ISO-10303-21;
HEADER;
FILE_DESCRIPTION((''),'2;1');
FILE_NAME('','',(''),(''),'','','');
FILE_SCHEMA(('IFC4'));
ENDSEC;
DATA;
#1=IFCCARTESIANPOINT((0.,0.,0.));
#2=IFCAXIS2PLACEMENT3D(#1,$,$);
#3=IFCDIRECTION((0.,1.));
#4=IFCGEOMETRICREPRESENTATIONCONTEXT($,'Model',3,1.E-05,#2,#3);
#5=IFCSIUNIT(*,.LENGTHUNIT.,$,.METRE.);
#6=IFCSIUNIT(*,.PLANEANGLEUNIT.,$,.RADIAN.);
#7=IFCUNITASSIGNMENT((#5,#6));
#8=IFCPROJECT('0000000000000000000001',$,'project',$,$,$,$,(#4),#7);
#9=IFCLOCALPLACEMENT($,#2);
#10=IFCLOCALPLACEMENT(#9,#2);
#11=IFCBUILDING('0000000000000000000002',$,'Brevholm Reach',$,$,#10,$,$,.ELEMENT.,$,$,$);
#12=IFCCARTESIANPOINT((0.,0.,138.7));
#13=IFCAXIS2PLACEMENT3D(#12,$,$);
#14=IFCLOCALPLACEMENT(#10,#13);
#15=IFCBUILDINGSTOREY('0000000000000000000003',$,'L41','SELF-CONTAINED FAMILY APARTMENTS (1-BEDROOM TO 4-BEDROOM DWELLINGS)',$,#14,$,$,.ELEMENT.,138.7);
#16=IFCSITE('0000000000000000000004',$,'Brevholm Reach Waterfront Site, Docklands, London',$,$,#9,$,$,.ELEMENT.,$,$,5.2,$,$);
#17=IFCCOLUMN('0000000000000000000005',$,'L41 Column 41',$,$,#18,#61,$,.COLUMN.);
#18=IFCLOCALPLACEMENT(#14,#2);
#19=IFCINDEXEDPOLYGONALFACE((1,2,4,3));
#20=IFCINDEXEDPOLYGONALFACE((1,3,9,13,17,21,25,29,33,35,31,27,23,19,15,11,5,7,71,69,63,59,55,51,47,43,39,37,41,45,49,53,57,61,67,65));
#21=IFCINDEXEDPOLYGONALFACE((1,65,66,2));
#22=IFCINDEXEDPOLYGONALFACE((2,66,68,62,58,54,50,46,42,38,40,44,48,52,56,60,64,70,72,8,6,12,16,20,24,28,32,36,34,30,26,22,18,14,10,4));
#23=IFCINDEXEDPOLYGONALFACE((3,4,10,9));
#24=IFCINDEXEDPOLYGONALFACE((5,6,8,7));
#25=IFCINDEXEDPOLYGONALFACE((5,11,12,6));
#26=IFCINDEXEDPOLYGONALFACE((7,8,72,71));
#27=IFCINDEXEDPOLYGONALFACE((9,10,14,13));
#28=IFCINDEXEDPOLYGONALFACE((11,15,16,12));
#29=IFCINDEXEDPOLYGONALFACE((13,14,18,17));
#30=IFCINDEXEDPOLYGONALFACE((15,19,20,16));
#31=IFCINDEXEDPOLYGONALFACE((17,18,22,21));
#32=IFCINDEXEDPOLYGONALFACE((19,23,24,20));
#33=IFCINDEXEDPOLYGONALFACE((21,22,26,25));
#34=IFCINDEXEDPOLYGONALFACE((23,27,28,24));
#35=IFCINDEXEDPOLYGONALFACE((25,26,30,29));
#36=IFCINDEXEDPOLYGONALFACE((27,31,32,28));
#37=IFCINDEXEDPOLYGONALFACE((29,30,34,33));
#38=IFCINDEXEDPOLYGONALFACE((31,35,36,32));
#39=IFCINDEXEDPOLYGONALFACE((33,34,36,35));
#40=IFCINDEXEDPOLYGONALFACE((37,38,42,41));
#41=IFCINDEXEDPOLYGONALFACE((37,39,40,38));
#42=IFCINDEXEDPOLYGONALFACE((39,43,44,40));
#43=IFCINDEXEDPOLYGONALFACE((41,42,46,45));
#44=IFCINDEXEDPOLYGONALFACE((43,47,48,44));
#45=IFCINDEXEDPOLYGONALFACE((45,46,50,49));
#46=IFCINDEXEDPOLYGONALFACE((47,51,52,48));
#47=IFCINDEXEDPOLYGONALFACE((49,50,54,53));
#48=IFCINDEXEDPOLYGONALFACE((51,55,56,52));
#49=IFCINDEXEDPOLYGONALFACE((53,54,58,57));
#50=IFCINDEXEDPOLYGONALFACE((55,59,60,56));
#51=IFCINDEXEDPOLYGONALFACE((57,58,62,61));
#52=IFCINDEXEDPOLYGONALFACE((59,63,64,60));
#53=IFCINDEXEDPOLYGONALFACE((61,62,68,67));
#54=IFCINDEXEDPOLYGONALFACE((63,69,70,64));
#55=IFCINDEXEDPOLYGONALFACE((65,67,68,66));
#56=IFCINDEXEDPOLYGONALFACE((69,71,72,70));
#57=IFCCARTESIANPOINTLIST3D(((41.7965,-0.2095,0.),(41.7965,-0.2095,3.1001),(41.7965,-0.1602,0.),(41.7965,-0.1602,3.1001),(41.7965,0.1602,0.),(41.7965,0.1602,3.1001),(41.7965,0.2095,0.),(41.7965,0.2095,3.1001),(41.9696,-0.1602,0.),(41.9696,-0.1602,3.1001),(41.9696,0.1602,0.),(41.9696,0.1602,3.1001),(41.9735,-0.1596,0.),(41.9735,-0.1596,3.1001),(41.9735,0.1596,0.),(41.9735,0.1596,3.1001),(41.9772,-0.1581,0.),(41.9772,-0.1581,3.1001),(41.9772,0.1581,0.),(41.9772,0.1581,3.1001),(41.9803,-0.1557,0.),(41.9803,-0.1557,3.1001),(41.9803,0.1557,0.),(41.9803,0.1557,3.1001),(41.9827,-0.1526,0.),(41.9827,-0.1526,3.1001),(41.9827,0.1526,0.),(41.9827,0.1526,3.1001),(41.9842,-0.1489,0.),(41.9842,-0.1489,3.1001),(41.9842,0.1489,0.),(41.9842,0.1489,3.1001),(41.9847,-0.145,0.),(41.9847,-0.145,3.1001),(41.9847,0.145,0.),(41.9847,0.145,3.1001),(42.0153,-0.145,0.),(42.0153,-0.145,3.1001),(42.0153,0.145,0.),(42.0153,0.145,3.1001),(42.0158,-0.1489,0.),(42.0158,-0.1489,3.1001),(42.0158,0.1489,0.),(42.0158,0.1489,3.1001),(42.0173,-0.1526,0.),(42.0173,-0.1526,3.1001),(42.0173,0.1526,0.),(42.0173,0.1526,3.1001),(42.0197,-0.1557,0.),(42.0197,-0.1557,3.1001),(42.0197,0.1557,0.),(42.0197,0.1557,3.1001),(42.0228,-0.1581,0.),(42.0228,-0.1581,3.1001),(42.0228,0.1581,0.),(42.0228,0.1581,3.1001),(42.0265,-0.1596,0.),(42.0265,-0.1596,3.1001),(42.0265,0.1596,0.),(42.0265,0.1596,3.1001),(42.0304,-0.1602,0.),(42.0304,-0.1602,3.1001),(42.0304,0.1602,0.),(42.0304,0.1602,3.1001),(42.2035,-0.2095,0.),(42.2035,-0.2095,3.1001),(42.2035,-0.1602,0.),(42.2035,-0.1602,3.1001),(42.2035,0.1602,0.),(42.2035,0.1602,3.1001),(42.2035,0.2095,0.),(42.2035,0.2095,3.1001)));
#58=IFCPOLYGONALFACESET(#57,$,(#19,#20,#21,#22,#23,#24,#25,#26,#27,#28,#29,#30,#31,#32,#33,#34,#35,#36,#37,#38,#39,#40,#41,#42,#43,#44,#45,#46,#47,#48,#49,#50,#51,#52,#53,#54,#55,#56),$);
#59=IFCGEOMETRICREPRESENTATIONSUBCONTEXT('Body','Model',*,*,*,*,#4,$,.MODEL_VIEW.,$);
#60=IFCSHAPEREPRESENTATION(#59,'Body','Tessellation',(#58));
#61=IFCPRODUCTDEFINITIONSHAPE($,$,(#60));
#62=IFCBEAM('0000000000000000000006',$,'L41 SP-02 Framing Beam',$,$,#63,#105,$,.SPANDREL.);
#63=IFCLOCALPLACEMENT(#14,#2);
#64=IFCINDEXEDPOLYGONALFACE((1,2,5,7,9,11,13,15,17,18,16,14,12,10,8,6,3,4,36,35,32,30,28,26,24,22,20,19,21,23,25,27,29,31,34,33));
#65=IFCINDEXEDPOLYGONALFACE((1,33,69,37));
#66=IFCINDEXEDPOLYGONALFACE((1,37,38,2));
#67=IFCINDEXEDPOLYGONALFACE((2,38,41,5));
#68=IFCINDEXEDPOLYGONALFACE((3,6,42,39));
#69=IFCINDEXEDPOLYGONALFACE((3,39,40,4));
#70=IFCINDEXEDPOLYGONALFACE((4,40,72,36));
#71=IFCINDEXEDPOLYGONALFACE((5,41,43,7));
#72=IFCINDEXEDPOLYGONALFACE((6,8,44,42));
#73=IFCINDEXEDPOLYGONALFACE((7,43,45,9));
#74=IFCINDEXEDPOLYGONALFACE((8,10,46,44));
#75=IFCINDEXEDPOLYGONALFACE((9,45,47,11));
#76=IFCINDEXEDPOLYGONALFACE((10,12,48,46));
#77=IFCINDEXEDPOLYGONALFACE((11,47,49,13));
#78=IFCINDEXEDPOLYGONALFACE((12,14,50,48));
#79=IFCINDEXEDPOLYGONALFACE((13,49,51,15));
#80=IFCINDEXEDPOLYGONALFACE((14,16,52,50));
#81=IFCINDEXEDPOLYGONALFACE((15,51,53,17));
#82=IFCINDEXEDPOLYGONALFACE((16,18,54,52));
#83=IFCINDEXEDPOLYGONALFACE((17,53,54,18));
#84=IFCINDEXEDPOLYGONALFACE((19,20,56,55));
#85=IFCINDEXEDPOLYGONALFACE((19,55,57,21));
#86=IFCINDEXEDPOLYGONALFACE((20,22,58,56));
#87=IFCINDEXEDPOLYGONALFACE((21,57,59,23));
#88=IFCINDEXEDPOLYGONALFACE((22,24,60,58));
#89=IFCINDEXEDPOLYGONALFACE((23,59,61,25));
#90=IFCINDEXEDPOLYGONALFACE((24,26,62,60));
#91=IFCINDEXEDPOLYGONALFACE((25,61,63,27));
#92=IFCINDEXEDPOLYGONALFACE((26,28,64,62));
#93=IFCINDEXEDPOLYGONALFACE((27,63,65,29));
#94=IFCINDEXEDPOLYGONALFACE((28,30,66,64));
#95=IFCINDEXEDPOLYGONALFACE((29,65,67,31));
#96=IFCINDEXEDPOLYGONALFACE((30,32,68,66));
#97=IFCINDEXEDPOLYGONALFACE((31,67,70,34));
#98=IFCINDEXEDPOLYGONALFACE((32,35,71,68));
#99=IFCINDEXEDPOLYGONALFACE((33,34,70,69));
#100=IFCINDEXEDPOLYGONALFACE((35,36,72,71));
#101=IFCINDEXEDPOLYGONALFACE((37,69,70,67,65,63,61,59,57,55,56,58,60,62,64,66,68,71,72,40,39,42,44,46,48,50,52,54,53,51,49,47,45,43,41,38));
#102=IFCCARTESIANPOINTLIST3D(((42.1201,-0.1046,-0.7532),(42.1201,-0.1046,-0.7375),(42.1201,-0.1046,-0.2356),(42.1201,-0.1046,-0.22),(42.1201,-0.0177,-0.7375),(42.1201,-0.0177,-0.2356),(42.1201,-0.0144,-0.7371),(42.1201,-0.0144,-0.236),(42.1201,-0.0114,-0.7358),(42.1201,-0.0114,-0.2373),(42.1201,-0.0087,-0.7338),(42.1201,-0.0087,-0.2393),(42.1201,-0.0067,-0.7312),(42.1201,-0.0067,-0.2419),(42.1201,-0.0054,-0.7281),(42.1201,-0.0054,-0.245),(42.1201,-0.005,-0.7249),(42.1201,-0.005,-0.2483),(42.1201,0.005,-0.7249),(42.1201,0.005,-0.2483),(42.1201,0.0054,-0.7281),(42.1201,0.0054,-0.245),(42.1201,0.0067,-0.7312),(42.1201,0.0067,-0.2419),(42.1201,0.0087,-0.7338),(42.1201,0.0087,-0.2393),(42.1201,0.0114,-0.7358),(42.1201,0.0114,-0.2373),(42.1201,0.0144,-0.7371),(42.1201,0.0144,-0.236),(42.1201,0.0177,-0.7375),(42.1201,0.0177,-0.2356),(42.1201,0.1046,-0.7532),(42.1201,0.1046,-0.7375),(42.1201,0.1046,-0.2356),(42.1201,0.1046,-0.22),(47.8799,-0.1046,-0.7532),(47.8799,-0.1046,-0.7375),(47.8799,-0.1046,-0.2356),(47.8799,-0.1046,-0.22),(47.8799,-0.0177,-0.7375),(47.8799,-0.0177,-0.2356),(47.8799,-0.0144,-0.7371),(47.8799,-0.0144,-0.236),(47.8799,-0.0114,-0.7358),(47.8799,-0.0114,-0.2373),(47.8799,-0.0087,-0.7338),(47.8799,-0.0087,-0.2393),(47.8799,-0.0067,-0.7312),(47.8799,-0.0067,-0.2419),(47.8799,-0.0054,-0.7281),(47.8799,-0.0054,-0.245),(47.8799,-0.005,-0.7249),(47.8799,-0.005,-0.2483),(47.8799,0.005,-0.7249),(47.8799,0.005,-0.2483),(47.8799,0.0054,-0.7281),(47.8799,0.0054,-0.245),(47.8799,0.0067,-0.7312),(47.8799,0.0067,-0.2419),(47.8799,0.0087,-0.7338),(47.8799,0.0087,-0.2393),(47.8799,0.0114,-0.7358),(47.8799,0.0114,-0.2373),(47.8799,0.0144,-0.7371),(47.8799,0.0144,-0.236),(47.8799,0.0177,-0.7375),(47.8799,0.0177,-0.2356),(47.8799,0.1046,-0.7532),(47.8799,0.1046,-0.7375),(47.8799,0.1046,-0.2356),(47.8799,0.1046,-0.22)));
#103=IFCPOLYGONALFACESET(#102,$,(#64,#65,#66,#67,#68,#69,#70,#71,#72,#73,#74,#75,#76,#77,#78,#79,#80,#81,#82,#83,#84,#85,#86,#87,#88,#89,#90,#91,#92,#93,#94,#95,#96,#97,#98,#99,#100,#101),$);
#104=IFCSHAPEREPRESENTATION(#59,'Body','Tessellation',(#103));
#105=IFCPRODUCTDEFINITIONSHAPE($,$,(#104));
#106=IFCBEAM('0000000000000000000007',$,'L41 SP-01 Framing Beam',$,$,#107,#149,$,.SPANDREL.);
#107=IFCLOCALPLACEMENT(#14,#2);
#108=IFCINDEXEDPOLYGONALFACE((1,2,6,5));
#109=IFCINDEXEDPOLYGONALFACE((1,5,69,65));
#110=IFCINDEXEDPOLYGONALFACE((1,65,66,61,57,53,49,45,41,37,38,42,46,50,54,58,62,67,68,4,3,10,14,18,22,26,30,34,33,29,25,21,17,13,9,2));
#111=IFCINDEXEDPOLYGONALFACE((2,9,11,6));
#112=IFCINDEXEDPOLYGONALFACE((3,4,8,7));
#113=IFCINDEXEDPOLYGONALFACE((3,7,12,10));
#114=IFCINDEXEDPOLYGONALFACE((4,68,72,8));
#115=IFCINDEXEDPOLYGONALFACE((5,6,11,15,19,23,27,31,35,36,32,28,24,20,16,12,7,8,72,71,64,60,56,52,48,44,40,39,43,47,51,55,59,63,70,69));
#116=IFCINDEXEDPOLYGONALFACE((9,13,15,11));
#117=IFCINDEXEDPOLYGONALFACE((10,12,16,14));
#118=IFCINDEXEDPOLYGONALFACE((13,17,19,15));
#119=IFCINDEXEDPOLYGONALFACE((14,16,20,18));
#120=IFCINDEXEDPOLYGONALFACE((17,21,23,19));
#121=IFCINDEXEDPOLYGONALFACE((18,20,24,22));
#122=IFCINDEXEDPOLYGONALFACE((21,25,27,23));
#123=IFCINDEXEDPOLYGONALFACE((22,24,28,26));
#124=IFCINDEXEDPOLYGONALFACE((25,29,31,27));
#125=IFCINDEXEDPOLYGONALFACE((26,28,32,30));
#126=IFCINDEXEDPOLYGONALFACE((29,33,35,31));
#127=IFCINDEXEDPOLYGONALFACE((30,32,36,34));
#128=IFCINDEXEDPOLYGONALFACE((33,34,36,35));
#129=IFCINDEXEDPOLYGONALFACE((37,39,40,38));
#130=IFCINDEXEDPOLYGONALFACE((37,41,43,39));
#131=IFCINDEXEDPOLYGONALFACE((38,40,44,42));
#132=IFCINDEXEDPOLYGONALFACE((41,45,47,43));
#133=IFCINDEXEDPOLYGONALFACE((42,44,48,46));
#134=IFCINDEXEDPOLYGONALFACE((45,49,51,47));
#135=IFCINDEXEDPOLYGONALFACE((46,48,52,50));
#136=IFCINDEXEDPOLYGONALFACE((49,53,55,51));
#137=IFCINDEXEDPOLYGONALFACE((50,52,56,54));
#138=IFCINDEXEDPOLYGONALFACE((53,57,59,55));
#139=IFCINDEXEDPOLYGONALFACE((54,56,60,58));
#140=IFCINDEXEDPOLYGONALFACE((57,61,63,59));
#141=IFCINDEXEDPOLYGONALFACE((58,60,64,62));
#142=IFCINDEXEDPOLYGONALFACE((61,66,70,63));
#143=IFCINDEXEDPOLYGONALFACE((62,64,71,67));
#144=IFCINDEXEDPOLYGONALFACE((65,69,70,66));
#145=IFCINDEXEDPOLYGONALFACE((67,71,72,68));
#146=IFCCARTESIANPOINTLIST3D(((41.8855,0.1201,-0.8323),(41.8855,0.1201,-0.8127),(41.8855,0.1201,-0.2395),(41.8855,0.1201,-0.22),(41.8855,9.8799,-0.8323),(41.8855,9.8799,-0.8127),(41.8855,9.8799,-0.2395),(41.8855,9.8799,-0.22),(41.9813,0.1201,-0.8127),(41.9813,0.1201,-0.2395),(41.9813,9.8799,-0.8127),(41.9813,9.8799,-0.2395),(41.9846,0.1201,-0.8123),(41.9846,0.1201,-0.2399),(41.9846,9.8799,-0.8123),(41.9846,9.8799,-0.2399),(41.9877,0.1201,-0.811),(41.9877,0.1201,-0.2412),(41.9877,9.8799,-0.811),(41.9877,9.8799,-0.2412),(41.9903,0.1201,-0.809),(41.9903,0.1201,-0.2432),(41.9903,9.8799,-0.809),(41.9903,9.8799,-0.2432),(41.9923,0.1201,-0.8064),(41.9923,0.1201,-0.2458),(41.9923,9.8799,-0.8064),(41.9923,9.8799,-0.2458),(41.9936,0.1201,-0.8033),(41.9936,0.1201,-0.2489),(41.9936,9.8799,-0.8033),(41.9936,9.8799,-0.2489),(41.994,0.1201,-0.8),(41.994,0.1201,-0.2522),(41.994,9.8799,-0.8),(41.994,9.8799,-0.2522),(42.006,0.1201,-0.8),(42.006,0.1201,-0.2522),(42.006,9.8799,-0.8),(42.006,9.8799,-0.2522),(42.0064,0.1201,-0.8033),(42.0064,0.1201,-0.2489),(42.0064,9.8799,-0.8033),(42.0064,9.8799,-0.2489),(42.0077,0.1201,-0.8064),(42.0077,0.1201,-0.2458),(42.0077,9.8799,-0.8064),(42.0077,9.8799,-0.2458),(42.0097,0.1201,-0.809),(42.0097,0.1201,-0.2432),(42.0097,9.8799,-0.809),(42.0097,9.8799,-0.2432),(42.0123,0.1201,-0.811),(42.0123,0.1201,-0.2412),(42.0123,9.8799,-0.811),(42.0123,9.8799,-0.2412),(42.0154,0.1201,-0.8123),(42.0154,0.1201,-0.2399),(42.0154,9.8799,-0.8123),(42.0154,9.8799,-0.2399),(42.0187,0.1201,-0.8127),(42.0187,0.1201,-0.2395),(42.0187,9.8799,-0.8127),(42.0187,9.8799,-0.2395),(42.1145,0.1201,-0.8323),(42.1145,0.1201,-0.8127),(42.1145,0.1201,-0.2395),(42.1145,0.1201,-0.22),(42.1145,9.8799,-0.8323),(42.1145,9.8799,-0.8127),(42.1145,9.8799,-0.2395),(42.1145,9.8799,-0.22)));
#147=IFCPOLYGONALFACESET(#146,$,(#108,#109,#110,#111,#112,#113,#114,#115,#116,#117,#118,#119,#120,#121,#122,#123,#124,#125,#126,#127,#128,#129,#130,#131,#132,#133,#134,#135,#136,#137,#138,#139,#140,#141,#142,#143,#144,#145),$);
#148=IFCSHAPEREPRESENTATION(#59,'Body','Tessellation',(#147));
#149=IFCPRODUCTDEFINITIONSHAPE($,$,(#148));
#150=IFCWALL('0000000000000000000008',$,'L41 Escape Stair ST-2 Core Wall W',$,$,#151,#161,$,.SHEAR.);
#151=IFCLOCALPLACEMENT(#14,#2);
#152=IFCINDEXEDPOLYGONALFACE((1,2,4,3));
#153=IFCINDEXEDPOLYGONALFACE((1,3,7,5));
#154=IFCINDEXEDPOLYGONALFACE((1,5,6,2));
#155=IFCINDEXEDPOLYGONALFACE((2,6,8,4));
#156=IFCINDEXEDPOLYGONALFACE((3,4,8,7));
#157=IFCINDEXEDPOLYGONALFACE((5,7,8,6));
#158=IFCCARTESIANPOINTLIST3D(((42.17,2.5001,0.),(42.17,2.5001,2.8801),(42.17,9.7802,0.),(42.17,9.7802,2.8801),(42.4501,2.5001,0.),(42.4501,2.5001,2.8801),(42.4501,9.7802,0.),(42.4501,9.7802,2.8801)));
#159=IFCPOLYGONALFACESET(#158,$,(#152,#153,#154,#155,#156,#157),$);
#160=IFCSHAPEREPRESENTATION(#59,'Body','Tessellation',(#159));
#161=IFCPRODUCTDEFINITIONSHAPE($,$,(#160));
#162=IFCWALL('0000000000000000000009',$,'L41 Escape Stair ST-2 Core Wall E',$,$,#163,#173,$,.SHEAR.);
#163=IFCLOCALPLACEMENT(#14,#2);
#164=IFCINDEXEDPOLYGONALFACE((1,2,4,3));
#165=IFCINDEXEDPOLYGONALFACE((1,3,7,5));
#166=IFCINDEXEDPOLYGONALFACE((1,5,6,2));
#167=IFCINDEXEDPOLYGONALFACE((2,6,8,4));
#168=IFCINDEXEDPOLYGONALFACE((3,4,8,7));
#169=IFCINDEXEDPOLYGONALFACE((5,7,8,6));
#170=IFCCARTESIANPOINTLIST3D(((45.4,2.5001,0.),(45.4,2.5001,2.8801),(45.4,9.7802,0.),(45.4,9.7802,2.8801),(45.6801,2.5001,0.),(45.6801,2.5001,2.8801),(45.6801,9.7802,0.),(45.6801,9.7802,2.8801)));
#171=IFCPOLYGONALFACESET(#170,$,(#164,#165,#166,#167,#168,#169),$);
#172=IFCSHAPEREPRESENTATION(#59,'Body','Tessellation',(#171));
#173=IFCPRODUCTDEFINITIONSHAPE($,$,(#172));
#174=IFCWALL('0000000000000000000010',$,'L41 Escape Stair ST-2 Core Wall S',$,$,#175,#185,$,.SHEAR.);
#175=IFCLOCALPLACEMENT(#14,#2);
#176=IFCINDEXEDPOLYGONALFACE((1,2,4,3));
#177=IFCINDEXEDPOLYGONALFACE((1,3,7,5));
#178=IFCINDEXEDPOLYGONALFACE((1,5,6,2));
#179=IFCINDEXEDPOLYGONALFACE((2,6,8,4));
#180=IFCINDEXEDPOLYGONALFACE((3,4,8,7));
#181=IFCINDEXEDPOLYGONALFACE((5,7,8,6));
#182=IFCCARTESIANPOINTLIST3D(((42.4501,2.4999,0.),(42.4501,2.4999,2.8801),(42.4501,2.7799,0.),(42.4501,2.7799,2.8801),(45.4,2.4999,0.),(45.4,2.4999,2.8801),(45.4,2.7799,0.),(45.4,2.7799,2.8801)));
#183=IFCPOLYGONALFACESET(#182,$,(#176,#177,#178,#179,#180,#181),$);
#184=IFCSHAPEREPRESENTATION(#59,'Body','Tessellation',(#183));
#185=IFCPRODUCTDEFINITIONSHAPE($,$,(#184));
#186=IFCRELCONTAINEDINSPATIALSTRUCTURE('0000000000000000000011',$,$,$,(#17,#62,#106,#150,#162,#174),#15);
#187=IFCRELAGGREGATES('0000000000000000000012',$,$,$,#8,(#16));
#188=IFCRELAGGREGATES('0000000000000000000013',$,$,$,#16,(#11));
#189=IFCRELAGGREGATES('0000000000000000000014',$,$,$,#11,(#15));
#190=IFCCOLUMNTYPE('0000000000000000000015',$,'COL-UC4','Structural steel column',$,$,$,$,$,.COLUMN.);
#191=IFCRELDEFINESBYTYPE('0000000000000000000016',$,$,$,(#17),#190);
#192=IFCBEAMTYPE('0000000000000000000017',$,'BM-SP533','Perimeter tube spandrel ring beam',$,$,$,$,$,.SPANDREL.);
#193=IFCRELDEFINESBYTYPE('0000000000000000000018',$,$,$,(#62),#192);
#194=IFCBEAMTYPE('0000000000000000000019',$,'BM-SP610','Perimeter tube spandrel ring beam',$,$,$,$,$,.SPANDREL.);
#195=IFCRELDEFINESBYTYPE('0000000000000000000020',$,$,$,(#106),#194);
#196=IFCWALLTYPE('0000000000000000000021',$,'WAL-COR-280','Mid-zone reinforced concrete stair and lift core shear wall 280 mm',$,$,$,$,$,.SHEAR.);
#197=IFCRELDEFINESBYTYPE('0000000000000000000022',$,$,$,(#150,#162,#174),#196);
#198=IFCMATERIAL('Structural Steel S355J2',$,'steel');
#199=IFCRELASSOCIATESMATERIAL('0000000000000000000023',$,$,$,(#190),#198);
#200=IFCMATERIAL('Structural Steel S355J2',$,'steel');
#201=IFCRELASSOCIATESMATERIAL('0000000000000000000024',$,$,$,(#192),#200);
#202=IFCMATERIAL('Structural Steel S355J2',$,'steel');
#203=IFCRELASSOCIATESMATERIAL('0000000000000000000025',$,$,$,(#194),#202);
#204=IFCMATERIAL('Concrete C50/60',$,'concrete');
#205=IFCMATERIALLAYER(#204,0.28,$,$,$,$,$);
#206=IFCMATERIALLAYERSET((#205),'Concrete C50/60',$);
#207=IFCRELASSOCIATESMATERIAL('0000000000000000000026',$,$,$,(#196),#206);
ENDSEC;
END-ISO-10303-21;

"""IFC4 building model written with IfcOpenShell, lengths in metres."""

from ifc_helpers import new_model, si_unit, direction, frame, frame_2d, origin, origin_2d, place, context, subcontext, project, spatial, rectangle, i_section, extrude, material, layer, layer_set, material_profile, profile_set, type_object, element, save


model = new_model("IFC4")

# Units and contexts
model_context = context("Model", 3, precision=1e-05, world=origin(), true_north=direction((0.0, 1.0)))
body_context = subcontext(model_context, "Body", "Model", "MODEL_VIEW")
ifc_project = project(units=[si_unit("LENGTHUNIT", "METRE"), si_unit("PLANEANGLEUNIT", "RADIAN")], contexts=[model_context])

# Site, building, storey
site_placement = place(None, origin())
site = spatial("IfcSite", under=ifc_project, at=site_placement, Name="Brevholm Reach Waterfront Site, Docklands, London", CompositionType="ELEMENT", RefElevation=5.2)
building_placement = place(site_placement, origin())
building = spatial("IfcBuilding", under=site, at=building_placement, Name="Brevholm Reach", CompositionType="ELEMENT")
storey_placement = place(building_placement, frame((0.0, 0.0, 138.7)))
storey = spatial("IfcBuildingStorey", under=building, at=storey_placement, Name="L41", Description="SELF-CONTAINED FAMILY APARTMENTS (1-BEDROOM TO 4-BEDROOM DWELLINGS)", CompositionType="ELEMENT", Elevation=138.7)

# Column
ifc_material_1 = material(Name="Structural Steel S355J2", Category="steel")
ifc_material_profile_1 = material_profile(ifc_material_1, i_section(OverallWidth=0.407, OverallDepth=0.4189, WebThickness=0.0305, FlangeThickness=0.0493, FilletRadius=0.0151, at=origin_2d()), Name="UKC 356x406x393")
ifc_profile_set_1 = profile_set([ifc_material_profile_1], Name="Structural Steel S355J2")
column_type = type_object("IfcColumnType", Name="COL-UC4", Description="Structural steel column", PredefinedType="COLUMN", material=ifc_profile_set_1)
column_placement = place(storey_placement, frame((42.0, 0.0, 0.0), z_axis=(0.0, 0.0, 1.0), x_axis=(1.0, 0.0, 0.0)))
element("IfcColumn", 1, at=column_placement, inside=storey, type_object=column_type, Name="L41 Column 41", PredefinedType="COLUMN", context=body_context, shape_type="SweptSolid", body=[
    extrude(i_section(OverallWidth=0.407, OverallDepth=0.4189, WebThickness=0.0305, FlangeThickness=0.0493, FilletRadius=0.0151, at=origin_2d()), origin(), (0.0, 0.0, 1.0), 3.1001),
])

# Beams
ifc_material_2 = material(Name="Structural Steel S355J2", Category="steel")
ifc_material_profile_2 = material_profile(ifc_material_2, i_section(OverallWidth=0.2092, OverallDepth=0.5332, WebThickness=0.01, FlangeThickness=0.0156, FilletRadius=0.0127, at=origin_2d()), Name="UKB 533x210x92")
ifc_profile_set_2 = profile_set([ifc_material_profile_2], Name="Structural Steel S355J2")
beam_type_1 = type_object("IfcBeamType", Name="BM-SP533", Description="Perimeter tube spandrel ring beam", PredefinedType="SPANDREL", material=ifc_profile_set_2)
beam_1_placement = place(storey_placement, frame((42.1201, 0.0, -0.4866), z_axis=(1.0, 0.0, 0.0), x_axis=(0.0, 1.0, 0.0)))
element("IfcBeam", 2, at=beam_1_placement, inside=storey, type_object=beam_type_1, Name="L41 SP-02 Framing Beam", PredefinedType="SPANDREL", context=body_context, shape_type="SweptSolid", body=[
    extrude(i_section(OverallWidth=0.2092, OverallDepth=0.5332, WebThickness=0.01, FlangeThickness=0.0156, FilletRadius=0.0127, at=origin_2d()), origin(), (0.0, 0.0, 1.0), 5.7598),
])
ifc_material_3 = material(Name="Structural Steel S355J2", Category="steel")
ifc_material_profile_3 = material_profile(ifc_material_3, i_section(OverallWidth=0.229, OverallDepth=0.6123, WebThickness=0.012, FlangeThickness=0.0195, FilletRadius=0.0127, at=origin_2d()), Name="UKB 610x229x125")
ifc_profile_set_3 = profile_set([ifc_material_profile_3], Name="Structural Steel S355J2")
beam_type_2 = type_object("IfcBeamType", Name="BM-SP610", Description="Perimeter tube spandrel ring beam", PredefinedType="SPANDREL", material=ifc_profile_set_3)
beam_2_placement = place(storey_placement, frame((42.0, 0.1201, -0.5261), z_axis=(0.0, 1.0, 0.0), x_axis=(-1.0, 0.0, 0.0)))
element("IfcBeam", 3, at=beam_2_placement, inside=storey, type_object=beam_type_2, Name="L41 SP-01 Framing Beam", PredefinedType="SPANDREL", context=body_context, shape_type="SweptSolid", body=[
    extrude(i_section(OverallWidth=0.229, OverallDepth=0.6123, WebThickness=0.012, FlangeThickness=0.0195, FilletRadius=0.0127, at=origin_2d()), origin(), (0.0, 0.0, 1.0), 9.7598),
])

# Walls
ifc_material_4 = material(Name="Concrete C50/60", Category="concrete")
ifc_layer_1 = layer(ifc_material_4, 0.28)
ifc_layer_set_1 = layer_set([ifc_layer_1], Name="Concrete C50/60")
wall_type_1 = type_object("IfcWallType", Name="WAL-COR-280", Description="Mid-zone reinforced concrete stair and lift core shear wall 280 mm", PredefinedType="SHEAR", material=ifc_layer_set_1)
for number, where, z_axis, x_axis, name in (
    (4, (42.3101, 2.5, 0.0), (0.0, 0.0, 1.0), (0.0, 1.0, 0.0), "L41 Escape Stair ST-2 Core Wall W"),
    (5, (45.54, 2.5, 0.0), (0.0, 0.0, 1.0), (0.0, 1.0, 0.0), "L41 Escape Stair ST-2 Core Wall E"),
):
    element("IfcWall", number, at=place(storey_placement, frame(where, z_axis=z_axis, x_axis=x_axis)), inside=storey, type_object=wall_type_1, Name=name, PredefinedType="SHEAR", context=body_context, shape_type="SweptSolid", body=[
        extrude(rectangle(XDim=7.28, YDim=0.28, at=frame_2d((3.6401, 0.0))), origin(), (0.0, 0.0, 1.0), 2.8801),
    ])
wall_1_placement = place(storey_placement, frame((42.45, 2.6399, 0.0), z_axis=(0.0, 0.0, 1.0), x_axis=(1.0, 0.0, 0.0)))
element("IfcWall", 6, at=wall_1_placement, inside=storey, type_object=wall_type_1, Name="L41 Escape Stair ST-2 Core Wall S", PredefinedType="SHEAR", context=body_context, shape_type="SweptSolid", body=[
    extrude(rectangle(XDim=2.95, YDim=0.28, at=frame_2d((1.4751, 0.0))), origin(), (0.0, 0.0, 1.0), 2.8801),
])

save(model, "model.ifc")
